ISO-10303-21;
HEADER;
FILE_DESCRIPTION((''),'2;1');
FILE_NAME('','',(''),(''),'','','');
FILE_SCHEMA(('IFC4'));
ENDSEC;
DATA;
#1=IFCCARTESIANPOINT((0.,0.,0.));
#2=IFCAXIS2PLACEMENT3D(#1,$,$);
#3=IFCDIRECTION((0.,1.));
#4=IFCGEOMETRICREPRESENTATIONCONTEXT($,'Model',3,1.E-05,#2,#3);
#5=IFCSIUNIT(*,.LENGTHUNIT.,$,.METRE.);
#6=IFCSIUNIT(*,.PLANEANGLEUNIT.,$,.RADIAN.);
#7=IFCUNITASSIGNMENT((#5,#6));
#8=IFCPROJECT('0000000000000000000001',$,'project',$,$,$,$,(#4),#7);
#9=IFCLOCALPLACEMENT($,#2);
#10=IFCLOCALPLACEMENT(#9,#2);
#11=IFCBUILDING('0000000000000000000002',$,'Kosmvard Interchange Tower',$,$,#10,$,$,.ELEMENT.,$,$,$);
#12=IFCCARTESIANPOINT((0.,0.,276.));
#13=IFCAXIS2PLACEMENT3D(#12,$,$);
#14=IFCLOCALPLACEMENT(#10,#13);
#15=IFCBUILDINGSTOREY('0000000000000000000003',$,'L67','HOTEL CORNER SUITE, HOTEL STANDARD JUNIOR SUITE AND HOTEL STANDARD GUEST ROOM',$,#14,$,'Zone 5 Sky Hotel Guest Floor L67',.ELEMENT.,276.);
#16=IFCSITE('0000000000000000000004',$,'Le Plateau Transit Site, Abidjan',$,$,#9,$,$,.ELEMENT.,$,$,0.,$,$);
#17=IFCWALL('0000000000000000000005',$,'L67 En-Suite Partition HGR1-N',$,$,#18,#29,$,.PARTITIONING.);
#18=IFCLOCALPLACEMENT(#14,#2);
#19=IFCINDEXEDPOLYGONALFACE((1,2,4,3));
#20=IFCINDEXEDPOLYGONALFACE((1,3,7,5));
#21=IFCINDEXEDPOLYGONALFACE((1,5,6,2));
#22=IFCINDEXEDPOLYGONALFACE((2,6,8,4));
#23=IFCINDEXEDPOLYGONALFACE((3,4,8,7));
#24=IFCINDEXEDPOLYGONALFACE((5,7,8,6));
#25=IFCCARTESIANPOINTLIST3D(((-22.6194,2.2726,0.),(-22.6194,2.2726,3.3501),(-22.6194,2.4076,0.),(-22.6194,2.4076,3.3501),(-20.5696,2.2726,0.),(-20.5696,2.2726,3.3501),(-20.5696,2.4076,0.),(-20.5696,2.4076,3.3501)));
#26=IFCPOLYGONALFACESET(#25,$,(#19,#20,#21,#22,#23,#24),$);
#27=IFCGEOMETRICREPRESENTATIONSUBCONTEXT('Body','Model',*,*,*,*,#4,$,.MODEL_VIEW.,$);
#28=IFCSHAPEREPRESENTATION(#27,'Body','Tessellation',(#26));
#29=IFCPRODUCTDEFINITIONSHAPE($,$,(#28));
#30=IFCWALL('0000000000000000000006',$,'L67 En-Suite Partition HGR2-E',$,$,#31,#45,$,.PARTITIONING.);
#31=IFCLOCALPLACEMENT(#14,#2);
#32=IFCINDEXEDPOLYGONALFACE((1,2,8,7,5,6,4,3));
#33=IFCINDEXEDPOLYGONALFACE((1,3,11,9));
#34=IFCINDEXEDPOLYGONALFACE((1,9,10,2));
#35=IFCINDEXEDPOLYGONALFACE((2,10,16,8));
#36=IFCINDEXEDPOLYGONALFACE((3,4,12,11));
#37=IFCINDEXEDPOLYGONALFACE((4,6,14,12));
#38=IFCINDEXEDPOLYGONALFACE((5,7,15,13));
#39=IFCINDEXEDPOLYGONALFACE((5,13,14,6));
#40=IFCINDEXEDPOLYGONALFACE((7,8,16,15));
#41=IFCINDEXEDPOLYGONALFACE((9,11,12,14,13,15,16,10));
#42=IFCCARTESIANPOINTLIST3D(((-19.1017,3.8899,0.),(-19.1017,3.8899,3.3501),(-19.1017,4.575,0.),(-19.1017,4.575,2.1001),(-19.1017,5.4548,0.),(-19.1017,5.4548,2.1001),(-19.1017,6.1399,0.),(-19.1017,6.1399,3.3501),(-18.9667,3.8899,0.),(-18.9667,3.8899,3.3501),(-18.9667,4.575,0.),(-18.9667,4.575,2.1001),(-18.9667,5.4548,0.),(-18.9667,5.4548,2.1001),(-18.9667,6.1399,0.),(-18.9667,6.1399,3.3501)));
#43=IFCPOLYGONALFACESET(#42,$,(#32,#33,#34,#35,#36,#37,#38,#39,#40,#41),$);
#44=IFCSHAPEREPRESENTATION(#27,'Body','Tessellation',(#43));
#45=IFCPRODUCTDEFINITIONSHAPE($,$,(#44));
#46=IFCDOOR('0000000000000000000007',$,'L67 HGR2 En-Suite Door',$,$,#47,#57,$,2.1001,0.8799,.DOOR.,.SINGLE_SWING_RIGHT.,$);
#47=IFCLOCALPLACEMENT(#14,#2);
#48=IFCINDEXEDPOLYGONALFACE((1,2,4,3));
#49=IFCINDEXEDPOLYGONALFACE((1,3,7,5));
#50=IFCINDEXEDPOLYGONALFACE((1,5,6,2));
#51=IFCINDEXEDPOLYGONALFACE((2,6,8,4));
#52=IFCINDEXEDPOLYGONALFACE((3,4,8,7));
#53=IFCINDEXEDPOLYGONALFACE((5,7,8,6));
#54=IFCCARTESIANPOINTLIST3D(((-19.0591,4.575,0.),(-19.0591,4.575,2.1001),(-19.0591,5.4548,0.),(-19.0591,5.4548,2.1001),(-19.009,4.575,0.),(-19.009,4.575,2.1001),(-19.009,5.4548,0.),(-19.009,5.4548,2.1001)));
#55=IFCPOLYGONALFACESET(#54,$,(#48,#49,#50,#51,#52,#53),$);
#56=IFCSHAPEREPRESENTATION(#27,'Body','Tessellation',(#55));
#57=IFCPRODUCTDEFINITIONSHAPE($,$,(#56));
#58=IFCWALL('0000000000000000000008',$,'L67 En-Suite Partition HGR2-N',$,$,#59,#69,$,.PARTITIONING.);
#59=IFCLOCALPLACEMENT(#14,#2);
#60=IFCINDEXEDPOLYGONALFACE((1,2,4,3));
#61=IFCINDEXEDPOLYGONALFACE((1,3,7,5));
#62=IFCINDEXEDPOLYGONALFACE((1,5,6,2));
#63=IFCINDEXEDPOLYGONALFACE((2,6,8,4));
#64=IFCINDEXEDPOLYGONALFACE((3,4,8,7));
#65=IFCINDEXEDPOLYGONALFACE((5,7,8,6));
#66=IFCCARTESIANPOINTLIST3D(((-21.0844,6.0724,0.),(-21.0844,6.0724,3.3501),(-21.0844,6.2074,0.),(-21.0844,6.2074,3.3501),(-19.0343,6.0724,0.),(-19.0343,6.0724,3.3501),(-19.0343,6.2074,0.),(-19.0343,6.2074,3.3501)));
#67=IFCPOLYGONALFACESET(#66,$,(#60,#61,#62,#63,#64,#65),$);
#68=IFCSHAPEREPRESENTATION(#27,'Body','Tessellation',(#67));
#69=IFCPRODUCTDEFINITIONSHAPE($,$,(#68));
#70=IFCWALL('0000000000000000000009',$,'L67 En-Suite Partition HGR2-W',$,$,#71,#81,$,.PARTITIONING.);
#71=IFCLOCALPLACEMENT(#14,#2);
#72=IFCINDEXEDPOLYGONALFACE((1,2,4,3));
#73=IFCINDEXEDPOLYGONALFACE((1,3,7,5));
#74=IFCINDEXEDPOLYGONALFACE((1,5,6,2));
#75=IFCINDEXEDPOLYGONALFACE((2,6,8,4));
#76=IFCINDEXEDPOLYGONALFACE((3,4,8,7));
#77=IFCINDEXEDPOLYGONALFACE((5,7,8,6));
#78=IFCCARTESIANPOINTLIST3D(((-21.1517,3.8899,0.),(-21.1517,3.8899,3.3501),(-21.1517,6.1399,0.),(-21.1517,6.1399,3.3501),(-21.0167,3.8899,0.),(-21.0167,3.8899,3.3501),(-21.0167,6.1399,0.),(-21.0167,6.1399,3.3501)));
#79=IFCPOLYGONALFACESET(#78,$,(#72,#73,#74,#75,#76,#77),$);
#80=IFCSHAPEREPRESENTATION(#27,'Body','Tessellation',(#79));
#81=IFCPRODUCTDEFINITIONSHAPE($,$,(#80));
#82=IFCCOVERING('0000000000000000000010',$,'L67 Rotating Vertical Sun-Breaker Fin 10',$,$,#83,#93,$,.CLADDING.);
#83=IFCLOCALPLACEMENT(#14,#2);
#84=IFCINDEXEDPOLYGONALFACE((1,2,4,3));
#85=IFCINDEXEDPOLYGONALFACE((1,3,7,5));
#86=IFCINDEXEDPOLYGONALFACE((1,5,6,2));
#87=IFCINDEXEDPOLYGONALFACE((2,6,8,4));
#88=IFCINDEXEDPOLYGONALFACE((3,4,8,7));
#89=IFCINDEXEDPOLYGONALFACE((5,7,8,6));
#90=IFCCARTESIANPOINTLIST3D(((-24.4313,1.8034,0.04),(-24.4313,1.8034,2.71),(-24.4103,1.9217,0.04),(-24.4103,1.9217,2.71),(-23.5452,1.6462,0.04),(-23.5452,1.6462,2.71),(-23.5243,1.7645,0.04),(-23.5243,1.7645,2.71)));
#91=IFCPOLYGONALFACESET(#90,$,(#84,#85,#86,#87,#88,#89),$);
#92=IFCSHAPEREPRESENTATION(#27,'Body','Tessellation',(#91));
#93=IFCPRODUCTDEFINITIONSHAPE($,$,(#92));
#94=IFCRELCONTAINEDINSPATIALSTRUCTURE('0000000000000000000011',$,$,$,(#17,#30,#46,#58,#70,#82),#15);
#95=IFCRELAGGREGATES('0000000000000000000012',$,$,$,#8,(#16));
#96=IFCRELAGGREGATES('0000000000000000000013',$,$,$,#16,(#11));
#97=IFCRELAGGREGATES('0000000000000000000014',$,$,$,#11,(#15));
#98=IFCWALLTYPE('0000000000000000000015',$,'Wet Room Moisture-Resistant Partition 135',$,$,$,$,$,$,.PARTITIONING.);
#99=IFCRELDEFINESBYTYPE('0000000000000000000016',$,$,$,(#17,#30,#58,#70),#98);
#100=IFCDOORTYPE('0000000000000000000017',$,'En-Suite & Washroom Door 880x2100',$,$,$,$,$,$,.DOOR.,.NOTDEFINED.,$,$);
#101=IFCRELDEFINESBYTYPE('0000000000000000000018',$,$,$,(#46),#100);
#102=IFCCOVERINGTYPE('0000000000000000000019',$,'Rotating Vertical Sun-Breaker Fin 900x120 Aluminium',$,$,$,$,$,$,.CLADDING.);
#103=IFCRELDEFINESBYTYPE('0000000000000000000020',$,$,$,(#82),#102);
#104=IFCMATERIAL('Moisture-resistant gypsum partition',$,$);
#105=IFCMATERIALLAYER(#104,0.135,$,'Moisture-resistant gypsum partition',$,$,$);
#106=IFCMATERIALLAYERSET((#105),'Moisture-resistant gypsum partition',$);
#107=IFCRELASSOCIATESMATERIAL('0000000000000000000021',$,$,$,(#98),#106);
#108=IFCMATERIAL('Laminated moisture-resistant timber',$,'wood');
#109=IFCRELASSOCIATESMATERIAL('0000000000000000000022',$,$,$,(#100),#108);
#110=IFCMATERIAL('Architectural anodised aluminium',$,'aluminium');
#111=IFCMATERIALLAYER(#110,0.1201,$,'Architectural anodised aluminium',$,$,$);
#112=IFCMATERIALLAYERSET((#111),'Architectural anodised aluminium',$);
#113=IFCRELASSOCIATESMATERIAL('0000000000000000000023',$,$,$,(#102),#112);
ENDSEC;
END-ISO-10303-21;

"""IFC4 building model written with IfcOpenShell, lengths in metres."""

from ifc_helpers import new_model, si_unit, direction, frame, frame_2d, origin, origin_2d, place, context, subcontext, project, spatial, rectangle, extrude, source, transform, mapped, material, layer, layer_set, type_object, element, fill, save


model = new_model("IFC4")

# Units and contexts
model_context = context("Model", 3, precision=1e-05, world=origin(), true_north=direction((0.0, 1.0)))
body_context = subcontext(model_context, "Body", "Model", "MODEL_VIEW")
ifc_project = project(units=[si_unit("LENGTHUNIT", "METRE"), si_unit("PLANEANGLEUNIT", "RADIAN")], contexts=[model_context])

# Site, building, storey
site_placement = place(None, origin())
site = spatial("IfcSite", under=ifc_project, at=site_placement, Name="Le Plateau Transit Site, Abidjan", CompositionType="ELEMENT", RefElevation=0.0)
building_placement = place(site_placement, origin())
building = spatial("IfcBuilding", under=site, at=building_placement, Name="Kosmvard Interchange Tower", CompositionType="ELEMENT")
storey_placement = place(building_placement, frame((0.0, 0.0, 276.0)))
storey = spatial("IfcBuildingStorey", under=building, at=storey_placement, Name="L67", Description="HOTEL CORNER SUITE, HOTEL STANDARD JUNIOR SUITE AND HOTEL STANDARD GUEST ROOM", LongName="Zone 5 Sky Hotel Guest Floor L67", CompositionType="ELEMENT", Elevation=276.0)

# Wall
ifc_material_1 = material(Name="Moisture-resistant gypsum partition")
ifc_layer_1 = layer(ifc_material_1, 0.135, Name="Moisture-resistant gypsum partition")
ifc_layer_set_1 = layer_set([ifc_layer_1], Name="Moisture-resistant gypsum partition")
wall_type_1 = type_object("IfcWallType", Name="Wet Room Moisture-Resistant Partition 135", PredefinedType="PARTITIONING", material=ifc_layer_set_1)
wall_1_placement = place(storey_placement, frame((-22.6194, 2.3401, 0.0), z_axis=(0.0, 0.0, 1.0), x_axis=(1.0, 0.0, 0.0)))
element("IfcWall", 1, at=wall_1_placement, inside=storey, type_object=wall_type_1, Name="L67 En-Suite Partition HGR1-N", PredefinedType="PARTITIONING", context=body_context, shape_type="SweptSolid", body=[
    extrude(rectangle(XDim=2.0498, YDim=0.135, at=frame_2d((1.0249, 0.0))), origin(), (0.0, 0.0, 1.0), 3.3501),
])

# Wall, opening, door
wall_2_placement = place(storey_placement, frame((-19.0342, 3.8899, 0.0), z_axis=(0.0, 0.0, 1.0), x_axis=(0.0, 1.0, 0.0)))
wall_2 = element("IfcWall", 2, at=wall_2_placement, inside=storey, type_object=wall_type_1, Name="L67 En-Suite Partition HGR2-E", PredefinedType="PARTITIONING", context=body_context, shape_type="SweptSolid", body=[
    extrude(rectangle(XDim=2.25, YDim=0.135, at=frame_2d((1.125, 0.0))), origin(), (0.0, 0.0, 1.0), 3.3501),
])
opening_1_placement = place(wall_2_placement, frame((0.6851, 0.0, 0.0)))
opening_1 = element("IfcOpeningElement", 3, at=opening_1_placement, cuts=wall_2, PredefinedType="OPENING", context=body_context, shape_type="SweptSolid", body=[
    extrude(rectangle(XDim=0.8799, YDim=2.1001, at=frame_2d((0.4399, 1.05))), frame((0.0, 0.0776, 0.0), z_axis=(0.0, -1.0, 0.0), x_axis=(1.0, 0.0, 0.0)), (0.0, 0.0, 1.0), 0.155),
])
ifc_material_2 = material(Name="Laminated moisture-resistant timber", Category="wood")
door_type_1 = type_object("IfcDoorType", Name="En-Suite & Washroom Door 880x2100", OperationType="NOTDEFINED", PredefinedType="DOOR", material=ifc_material_2)
shared_shape_1 = source(origin(), body_context, "Body", "SweptSolid", [
    extrude(rectangle(XDim=0.8799, YDim=2.1001, at=frame_2d((0.4399, 1.05))), frame((0.0, 0.0249, 0.0), z_axis=(0.0, -1.0, 0.0), x_axis=(1.0, 0.0, 0.0)), (0.0, 0.0, 1.0), 0.05),
])
door_1_placement = place(opening_1_placement, origin())
door_1 = element("IfcDoor", 4, at=door_1_placement, inside=storey, type_object=door_type_1, Name="L67 HGR2 En-Suite Door", OperationType="SINGLE_SWING_RIGHT", OverallHeight=2.1001, OverallWidth=0.8799, PredefinedType="DOOR", context=body_context, shape_type="MappedRepresentation", body=[
    mapped(shared_shape_1, transform((0.0, 0.0, 0.0), scale=1.0)),
])
fill(opening_1, door_1)

# Walls
wall_3_placement = place(storey_placement, frame((-21.0842, 6.1399, 0.0), z_axis=(0.0, 0.0, 1.0), x_axis=(1.0, 0.0, 0.0)))
element("IfcWall", 5, at=wall_3_placement, inside=storey, type_object=wall_type_1, Name="L67 En-Suite Partition HGR2-N", PredefinedType="PARTITIONING", context=body_context, shape_type="SweptSolid", body=[
    extrude(rectangle(XDim=2.05, YDim=0.135, at=frame_2d((1.0249, 0.0))), origin(), (0.0, 0.0, 1.0), 3.3501),
])
wall_4_placement = place(storey_placement, frame((-21.0842, 3.8899, 0.0), z_axis=(0.0, 0.0, 1.0), x_axis=(0.0, 1.0, 0.0)))
element("IfcWall", 6, at=wall_4_placement, inside=storey, type_object=wall_type_1, Name="L67 En-Suite Partition HGR2-W", PredefinedType="PARTITIONING", context=body_context, shape_type="SweptSolid", body=[
    extrude(rectangle(XDim=2.25, YDim=0.135, at=frame_2d((1.125, 0.0))), origin(), (0.0, 0.0, 1.0), 3.3501),
])

# Covering
ifc_material_3 = material(Name="Architectural anodised aluminium", Category="aluminium")
ifc_layer_2 = layer(ifc_material_3, 0.1201, Name="Architectural anodised aluminium")
ifc_layer_set_2 = layer_set([ifc_layer_2], Name="Architectural anodised aluminium")
covering_type = type_object("IfcCoveringType", Name="Rotating Vertical Sun-Breaker Fin 900x120 Aluminium", PredefinedType="CLADDING", material=ifc_layer_set_2)
shared_shape_2 = source(origin(), body_context, "Body", "SweptSolid", [
    extrude(rectangle(XDim=0.8999, YDim=0.1201, at=origin_2d()), origin(), (0.0, 0.0, 1.0), 2.6699),
])
covering_placement = place(storey_placement, frame((-23.9778, 1.7839, 0.04), z_axis=(0.0, 0.0, 1.0), x_axis=(-0.984625, 0.174679, 0.0)))
element("IfcCovering", 7, at=covering_placement, inside=storey, type_object=covering_type, Name="L67 Rotating Vertical Sun-Breaker Fin 10", PredefinedType="CLADDING", context=body_context, shape_type="MappedRepresentation", body=[
    mapped(shared_shape_2, transform((0.0, 0.0, 0.0), scale=1.0)),
])

save(model, "model.ifc")
